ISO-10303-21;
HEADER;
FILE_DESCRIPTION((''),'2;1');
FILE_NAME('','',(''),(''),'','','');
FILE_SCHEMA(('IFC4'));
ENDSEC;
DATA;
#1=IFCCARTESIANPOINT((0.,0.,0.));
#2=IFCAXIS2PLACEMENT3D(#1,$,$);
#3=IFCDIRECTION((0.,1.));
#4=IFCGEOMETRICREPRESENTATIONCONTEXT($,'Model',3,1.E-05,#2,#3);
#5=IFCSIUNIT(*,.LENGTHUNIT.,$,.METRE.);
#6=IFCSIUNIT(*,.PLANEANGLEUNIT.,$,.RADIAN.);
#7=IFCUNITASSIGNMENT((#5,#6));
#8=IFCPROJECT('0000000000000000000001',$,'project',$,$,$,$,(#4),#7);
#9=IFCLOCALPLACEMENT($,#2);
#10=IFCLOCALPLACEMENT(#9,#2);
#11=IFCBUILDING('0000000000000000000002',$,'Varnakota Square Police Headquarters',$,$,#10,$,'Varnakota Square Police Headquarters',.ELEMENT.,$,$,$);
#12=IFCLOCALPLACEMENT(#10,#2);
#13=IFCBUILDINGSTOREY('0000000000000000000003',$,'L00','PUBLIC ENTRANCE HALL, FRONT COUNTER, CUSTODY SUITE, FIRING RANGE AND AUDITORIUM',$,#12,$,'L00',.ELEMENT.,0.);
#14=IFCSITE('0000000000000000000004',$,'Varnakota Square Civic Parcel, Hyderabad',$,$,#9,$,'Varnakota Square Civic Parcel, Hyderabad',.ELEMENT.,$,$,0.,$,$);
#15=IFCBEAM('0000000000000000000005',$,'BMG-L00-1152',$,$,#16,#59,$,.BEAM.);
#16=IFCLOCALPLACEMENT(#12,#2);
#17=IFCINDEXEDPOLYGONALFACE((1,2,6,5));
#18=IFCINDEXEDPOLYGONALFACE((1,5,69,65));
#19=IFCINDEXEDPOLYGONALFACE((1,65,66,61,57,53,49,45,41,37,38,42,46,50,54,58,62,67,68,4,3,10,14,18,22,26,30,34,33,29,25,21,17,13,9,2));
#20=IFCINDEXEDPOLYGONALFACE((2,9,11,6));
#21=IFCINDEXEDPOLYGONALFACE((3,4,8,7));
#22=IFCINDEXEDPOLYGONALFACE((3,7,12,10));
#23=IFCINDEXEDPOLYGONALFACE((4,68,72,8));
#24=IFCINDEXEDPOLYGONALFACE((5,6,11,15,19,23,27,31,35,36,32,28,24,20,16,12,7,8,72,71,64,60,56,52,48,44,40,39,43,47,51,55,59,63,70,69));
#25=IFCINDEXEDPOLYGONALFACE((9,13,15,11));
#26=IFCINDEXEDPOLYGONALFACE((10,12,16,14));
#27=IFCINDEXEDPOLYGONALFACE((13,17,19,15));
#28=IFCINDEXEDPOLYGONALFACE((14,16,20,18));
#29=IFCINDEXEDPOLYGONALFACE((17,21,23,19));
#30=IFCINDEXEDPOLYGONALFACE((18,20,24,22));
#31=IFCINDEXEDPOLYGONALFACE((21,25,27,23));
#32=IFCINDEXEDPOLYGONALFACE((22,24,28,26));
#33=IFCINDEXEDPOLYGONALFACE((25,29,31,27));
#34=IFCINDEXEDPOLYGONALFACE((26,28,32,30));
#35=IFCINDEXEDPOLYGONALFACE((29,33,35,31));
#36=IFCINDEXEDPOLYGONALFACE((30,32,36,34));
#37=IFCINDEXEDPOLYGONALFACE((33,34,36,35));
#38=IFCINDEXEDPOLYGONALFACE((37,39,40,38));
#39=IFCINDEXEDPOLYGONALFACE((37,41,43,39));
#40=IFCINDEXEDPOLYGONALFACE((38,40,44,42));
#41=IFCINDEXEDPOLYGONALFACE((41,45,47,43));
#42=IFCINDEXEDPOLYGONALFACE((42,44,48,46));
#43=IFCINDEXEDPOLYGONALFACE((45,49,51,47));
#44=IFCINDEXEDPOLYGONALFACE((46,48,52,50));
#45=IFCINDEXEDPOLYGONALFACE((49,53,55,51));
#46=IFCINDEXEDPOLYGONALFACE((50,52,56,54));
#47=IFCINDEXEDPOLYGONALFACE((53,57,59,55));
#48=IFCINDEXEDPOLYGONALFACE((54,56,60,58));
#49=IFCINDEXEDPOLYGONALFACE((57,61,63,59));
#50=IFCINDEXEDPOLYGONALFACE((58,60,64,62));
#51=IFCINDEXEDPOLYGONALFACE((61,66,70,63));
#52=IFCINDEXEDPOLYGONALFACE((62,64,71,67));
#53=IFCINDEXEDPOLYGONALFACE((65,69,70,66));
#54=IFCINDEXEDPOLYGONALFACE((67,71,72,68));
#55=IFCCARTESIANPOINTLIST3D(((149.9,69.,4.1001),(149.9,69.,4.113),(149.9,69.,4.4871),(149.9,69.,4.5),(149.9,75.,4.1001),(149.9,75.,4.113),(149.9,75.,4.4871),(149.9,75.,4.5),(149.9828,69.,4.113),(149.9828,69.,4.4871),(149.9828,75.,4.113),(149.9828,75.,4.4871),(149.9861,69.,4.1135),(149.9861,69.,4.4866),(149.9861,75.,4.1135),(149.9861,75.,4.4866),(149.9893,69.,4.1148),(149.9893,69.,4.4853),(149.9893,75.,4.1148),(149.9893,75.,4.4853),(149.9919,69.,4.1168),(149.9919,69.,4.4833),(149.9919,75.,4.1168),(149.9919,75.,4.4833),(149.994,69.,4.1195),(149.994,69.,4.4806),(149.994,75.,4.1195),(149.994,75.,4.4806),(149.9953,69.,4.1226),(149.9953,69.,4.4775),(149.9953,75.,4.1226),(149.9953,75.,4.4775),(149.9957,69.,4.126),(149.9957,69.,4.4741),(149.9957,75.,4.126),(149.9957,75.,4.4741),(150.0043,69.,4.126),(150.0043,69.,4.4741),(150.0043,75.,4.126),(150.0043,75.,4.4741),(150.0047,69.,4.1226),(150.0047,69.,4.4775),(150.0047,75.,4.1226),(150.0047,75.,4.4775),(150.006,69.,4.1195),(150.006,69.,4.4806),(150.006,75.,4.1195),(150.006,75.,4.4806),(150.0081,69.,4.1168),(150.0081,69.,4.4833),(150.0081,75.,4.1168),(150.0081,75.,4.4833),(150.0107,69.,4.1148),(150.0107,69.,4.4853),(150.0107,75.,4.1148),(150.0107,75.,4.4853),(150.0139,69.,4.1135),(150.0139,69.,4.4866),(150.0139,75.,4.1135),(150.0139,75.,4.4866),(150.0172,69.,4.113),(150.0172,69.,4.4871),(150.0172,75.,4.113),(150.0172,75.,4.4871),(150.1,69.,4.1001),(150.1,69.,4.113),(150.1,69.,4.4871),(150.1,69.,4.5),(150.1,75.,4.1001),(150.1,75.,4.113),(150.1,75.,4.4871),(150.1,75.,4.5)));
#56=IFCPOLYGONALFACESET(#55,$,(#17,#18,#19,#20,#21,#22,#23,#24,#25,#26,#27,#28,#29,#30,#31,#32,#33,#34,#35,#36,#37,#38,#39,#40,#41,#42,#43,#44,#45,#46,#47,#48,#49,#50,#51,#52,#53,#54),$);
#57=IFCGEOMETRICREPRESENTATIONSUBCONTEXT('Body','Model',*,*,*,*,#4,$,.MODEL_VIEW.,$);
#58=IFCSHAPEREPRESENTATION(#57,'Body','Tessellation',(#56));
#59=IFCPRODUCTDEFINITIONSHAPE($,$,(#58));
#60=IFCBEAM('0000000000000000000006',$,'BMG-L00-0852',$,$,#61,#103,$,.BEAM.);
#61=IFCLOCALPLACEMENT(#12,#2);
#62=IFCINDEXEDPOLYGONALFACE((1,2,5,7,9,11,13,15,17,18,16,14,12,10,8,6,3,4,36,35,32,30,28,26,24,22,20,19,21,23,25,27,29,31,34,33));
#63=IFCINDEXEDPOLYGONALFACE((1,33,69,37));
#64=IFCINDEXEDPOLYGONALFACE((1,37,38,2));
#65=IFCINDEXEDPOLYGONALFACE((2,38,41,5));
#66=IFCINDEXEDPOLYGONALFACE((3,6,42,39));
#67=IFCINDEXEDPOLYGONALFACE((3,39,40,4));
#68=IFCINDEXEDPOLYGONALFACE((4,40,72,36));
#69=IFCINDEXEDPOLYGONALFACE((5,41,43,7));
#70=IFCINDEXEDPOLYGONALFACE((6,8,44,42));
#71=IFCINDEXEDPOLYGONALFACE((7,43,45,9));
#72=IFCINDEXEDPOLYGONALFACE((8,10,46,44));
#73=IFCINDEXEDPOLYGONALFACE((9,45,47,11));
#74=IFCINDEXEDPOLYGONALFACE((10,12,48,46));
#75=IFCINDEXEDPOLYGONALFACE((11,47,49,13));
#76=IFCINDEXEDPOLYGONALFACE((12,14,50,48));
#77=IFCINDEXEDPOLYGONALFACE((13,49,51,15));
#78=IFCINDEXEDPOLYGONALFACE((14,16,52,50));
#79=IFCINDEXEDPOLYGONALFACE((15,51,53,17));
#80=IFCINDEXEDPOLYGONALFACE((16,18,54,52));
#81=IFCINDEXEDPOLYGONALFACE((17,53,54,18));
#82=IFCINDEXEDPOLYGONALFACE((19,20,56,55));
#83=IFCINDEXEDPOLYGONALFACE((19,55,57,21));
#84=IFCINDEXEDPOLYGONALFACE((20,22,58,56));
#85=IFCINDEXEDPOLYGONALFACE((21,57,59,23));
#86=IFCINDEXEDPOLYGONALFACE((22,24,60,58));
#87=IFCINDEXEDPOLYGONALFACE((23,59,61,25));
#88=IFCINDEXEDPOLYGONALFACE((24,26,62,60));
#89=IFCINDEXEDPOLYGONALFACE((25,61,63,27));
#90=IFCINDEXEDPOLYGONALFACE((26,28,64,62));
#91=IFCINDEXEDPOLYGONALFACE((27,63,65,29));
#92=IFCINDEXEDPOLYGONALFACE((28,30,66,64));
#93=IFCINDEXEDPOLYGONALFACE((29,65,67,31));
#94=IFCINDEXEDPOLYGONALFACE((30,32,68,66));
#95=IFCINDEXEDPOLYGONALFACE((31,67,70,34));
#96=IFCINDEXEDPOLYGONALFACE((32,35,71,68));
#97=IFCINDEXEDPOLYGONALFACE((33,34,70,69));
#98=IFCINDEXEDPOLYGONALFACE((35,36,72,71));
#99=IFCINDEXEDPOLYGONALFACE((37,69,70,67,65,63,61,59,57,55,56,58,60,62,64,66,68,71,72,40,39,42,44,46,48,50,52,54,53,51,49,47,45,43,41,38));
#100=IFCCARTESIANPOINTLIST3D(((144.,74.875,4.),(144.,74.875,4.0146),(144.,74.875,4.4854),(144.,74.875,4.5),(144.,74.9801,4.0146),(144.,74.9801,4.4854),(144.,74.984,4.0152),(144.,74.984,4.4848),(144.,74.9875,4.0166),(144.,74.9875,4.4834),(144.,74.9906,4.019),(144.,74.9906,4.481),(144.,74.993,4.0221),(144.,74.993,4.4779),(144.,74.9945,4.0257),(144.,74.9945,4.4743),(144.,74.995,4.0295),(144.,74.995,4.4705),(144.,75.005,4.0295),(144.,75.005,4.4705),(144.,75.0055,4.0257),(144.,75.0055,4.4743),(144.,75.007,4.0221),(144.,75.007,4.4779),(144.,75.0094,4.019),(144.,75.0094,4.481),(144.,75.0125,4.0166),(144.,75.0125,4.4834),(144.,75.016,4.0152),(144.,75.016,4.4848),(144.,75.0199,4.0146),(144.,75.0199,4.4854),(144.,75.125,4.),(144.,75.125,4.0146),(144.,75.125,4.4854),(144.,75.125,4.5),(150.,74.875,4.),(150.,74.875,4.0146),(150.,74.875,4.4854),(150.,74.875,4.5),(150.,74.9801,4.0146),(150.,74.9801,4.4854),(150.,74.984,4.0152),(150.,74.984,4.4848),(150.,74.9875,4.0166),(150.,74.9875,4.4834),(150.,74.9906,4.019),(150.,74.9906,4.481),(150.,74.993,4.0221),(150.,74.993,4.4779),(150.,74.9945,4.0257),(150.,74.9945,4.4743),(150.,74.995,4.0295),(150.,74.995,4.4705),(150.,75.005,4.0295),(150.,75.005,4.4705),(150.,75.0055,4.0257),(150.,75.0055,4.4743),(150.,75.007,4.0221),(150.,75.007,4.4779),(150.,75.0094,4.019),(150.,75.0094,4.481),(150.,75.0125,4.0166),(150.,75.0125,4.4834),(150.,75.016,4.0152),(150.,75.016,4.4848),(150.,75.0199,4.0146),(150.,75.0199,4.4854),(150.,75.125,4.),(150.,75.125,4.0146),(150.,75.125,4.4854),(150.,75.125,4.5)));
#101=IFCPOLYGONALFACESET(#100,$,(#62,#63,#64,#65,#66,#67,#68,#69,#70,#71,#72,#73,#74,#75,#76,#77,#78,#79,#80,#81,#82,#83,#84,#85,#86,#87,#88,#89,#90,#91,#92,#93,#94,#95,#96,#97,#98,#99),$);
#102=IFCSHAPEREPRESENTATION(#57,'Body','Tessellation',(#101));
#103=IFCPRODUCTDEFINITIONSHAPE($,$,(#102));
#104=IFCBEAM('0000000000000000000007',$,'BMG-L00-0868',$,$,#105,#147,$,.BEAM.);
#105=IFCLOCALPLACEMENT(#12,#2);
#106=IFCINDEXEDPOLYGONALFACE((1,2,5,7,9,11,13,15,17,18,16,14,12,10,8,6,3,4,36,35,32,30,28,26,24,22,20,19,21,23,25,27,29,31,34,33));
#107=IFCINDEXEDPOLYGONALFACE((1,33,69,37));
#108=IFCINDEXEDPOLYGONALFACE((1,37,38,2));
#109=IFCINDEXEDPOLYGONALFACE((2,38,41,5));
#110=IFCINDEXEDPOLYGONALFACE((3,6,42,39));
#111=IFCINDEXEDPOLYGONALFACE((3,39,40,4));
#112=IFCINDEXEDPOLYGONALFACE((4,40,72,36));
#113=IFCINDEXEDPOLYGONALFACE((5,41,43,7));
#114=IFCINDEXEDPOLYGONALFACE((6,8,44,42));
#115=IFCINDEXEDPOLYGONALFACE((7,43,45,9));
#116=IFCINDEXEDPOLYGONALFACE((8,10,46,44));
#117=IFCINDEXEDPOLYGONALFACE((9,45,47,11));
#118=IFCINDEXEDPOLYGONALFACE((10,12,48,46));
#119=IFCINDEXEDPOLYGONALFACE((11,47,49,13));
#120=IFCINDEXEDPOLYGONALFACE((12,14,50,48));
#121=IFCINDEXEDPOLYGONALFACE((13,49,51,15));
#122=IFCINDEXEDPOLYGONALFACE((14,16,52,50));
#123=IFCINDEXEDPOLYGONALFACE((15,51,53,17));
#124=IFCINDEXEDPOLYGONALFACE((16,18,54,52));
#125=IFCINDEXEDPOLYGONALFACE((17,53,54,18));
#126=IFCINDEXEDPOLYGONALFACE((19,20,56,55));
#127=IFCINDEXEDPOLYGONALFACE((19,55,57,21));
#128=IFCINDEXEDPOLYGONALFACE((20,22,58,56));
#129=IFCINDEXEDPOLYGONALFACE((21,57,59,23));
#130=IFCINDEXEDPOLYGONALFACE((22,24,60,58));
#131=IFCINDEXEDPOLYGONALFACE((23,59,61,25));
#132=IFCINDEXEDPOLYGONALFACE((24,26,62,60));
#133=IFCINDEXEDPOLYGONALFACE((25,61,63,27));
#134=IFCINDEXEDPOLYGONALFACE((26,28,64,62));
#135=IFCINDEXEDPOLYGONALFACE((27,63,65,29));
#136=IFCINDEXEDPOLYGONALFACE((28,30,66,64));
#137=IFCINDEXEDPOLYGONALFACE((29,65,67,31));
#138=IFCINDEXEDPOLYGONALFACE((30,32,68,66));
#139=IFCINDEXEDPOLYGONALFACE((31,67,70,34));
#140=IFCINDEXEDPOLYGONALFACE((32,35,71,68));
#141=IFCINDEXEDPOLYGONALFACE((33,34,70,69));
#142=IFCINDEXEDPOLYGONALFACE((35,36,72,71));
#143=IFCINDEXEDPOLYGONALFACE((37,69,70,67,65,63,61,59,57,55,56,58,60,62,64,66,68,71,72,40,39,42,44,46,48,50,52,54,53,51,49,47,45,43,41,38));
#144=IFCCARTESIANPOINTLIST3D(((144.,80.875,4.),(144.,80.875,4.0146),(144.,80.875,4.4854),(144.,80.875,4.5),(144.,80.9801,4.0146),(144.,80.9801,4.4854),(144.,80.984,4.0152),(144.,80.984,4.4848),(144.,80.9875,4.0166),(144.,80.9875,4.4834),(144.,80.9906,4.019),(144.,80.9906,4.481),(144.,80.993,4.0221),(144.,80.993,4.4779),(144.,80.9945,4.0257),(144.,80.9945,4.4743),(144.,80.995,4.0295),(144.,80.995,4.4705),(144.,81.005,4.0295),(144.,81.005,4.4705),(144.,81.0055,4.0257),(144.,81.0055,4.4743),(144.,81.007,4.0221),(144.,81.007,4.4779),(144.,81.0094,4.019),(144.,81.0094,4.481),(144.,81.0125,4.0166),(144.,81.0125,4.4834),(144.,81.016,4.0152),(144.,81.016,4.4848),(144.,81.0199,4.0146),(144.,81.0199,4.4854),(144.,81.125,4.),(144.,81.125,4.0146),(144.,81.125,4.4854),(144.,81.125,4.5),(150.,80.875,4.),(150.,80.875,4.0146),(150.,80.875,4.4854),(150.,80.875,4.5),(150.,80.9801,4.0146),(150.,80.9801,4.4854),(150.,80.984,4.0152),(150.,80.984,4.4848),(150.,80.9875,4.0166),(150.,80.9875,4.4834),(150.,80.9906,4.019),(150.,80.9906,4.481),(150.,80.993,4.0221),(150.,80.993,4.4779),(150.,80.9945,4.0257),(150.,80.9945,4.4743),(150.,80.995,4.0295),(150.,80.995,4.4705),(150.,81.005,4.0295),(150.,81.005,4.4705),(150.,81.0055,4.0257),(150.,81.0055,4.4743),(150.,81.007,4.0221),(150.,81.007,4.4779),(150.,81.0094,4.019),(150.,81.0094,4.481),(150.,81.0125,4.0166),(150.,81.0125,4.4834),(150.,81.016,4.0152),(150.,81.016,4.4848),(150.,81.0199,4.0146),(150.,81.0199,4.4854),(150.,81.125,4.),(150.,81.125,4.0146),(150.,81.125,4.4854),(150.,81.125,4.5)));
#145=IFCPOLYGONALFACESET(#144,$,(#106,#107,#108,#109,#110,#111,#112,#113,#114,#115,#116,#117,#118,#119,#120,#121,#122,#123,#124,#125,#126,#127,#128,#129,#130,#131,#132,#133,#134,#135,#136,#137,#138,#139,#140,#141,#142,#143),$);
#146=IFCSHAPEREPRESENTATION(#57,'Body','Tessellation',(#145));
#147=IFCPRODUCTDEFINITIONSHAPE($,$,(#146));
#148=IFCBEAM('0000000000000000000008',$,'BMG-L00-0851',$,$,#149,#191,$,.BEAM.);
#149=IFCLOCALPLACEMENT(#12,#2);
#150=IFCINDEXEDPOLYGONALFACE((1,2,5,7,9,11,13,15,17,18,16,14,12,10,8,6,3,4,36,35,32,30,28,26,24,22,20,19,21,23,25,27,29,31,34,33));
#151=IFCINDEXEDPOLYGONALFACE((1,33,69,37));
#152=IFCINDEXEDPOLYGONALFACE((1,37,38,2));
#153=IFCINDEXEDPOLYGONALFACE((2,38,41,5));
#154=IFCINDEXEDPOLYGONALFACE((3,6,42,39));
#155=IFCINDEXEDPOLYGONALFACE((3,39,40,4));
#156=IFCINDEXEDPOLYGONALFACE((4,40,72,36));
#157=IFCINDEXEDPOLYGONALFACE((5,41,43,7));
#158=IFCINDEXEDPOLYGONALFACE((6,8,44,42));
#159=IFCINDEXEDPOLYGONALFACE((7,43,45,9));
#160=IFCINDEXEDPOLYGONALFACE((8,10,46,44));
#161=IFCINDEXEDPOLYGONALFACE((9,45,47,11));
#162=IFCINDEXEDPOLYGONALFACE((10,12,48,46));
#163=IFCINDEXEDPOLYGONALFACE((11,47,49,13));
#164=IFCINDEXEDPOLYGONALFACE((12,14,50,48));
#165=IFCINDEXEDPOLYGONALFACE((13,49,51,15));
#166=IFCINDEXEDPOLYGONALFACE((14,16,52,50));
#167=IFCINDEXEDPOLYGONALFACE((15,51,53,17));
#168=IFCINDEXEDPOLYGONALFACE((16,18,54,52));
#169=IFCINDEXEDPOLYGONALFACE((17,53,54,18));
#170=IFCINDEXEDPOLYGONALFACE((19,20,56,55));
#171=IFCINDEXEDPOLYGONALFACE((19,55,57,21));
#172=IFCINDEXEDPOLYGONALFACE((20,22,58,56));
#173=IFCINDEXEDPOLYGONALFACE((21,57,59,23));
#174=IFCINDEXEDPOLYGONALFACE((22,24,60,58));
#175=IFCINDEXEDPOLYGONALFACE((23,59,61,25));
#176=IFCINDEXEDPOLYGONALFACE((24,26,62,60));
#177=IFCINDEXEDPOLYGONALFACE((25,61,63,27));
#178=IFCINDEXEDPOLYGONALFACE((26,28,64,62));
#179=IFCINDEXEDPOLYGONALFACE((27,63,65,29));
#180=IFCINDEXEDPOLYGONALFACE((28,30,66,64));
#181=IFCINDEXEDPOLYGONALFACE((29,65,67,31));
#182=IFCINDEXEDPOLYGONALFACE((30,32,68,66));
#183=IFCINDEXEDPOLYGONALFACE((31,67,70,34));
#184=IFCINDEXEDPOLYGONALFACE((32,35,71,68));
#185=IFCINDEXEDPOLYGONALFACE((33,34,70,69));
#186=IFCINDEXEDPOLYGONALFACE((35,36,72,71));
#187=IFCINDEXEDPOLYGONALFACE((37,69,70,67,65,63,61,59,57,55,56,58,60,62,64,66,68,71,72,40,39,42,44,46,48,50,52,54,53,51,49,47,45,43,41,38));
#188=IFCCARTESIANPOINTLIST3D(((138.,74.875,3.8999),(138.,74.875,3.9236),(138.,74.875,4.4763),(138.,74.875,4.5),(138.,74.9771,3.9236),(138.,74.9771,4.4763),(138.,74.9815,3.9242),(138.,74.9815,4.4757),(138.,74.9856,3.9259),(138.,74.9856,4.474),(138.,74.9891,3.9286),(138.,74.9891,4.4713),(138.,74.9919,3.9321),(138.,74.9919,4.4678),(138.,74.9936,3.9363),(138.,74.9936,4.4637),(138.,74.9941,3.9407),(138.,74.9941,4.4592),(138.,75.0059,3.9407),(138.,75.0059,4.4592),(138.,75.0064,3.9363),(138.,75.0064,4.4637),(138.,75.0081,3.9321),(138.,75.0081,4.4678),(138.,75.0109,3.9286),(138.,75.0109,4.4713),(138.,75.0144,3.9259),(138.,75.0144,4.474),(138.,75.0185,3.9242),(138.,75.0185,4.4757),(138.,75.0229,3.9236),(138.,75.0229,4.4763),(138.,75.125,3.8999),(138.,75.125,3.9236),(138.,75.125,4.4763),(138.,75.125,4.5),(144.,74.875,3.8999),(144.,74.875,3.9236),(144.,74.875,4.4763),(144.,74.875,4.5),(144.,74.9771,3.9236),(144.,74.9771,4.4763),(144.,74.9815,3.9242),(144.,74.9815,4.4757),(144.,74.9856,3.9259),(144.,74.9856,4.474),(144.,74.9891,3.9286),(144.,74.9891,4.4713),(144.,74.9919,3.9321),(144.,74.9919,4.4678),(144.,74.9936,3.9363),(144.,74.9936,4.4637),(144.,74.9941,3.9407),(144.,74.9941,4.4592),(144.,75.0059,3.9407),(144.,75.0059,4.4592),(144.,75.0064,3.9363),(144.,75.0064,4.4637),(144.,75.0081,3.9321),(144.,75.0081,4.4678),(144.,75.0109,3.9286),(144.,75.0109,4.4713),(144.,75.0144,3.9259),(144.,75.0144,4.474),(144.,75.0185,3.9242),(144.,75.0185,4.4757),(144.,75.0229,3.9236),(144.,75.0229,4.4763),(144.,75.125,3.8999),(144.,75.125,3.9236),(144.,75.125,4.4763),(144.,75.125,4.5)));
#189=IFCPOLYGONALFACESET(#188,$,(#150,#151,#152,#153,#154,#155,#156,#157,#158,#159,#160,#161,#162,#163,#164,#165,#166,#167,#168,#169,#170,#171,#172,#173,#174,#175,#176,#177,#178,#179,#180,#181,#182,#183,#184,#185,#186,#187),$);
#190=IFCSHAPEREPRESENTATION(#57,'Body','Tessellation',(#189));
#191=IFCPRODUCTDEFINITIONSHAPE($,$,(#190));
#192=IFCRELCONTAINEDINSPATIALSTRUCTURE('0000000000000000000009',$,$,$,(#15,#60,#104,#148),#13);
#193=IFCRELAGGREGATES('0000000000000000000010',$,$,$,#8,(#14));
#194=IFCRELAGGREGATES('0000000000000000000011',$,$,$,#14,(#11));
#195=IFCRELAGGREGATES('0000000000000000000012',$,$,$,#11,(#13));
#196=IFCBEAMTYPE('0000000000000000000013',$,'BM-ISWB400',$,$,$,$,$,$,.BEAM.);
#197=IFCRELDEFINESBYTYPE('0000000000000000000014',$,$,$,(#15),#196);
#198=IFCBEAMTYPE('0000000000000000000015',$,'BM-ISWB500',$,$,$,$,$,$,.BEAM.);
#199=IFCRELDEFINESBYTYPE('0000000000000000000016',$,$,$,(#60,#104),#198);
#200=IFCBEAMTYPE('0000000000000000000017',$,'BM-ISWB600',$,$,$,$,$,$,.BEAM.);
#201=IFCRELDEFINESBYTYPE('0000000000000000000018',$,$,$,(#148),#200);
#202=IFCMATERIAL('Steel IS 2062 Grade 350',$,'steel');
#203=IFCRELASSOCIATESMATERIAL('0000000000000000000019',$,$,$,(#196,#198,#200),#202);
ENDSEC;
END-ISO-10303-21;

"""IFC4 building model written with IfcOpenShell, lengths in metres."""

from ifc_helpers import new_model, si_unit, direction, frame, origin, origin_2d, place, context, subcontext, project, spatial, i_section, extrude, material, material_profile, profile_set, type_object, element, save


model = new_model("IFC4")

# Units and contexts
model_context = context("Model", 3, precision=1e-05, world=origin(), true_north=direction((0.0, 1.0)))
body_context = subcontext(model_context, "Body", "Model", "MODEL_VIEW")
ifc_project = project(units=[si_unit("LENGTHUNIT", "METRE"), si_unit("PLANEANGLEUNIT", "RADIAN")], contexts=[model_context])

# Site, building, storey
site_placement = place(None, origin())
site = spatial("IfcSite", under=ifc_project, at=site_placement, Name="Varnakota Square Civic Parcel, Hyderabad", LongName="Varnakota Square Civic Parcel, Hyderabad", CompositionType="ELEMENT", RefElevation=0.0)
building_placement = place(site_placement, origin())
building = spatial("IfcBuilding", under=site, at=building_placement, Name="Varnakota Square Police Headquarters", LongName="Varnakota Square Police Headquarters", CompositionType="ELEMENT")
storey_placement = place(building_placement, origin())
storey = spatial("IfcBuildingStorey", under=building, at=storey_placement, Name="L00", Description="PUBLIC ENTRANCE HALL, FRONT COUNTER, CUSTODY SUITE, FIRING RANGE AND AUDITORIUM", LongName="L00", CompositionType="ELEMENT", Elevation=0.0)

# Beams
ifc_material_1 = material(Name="Steel IS 2062 Grade 350", Category="steel")
ifc_material_profile_1 = material_profile(ifc_material_1, i_section(OverallWidth=0.2, OverallDepth=0.3999, WebThickness=0.0085, FlangeThickness=0.0129, FilletRadius=0.0129, at=origin_2d()), Name="ISWB 400")
ifc_profile_set_1 = profile_set([ifc_material_profile_1], Name="Steel IS 2062 Grade 350")
beam_type_1 = type_object("IfcBeamType", Name="BM-ISWB400", PredefinedType="BEAM", material=ifc_profile_set_1)
beam_1_placement = place(storey_placement, frame((150.0, 69.0, 4.3), z_axis=(0.0, 1.0, 0.0), x_axis=(-1.0, 0.0, 0.0)))
element("IfcBeam", 1, at=beam_1_placement, inside=storey, type_object=beam_type_1, Name="BMG-L00-1152", PredefinedType="BEAM", context=body_context, shape_type="SweptSolid", body=[
    extrude(i_section(OverallWidth=0.2, OverallDepth=0.3999, WebThickness=0.0085, FlangeThickness=0.0129, FilletRadius=0.0129, at=origin_2d()), origin(), (0.0, 0.0, 1.0), 6.0),
])
ifc_material_profile_2 = material_profile(ifc_material_1, i_section(OverallWidth=0.25, OverallDepth=0.5, WebThickness=0.01, FlangeThickness=0.0146, FilletRadius=0.0149, at=origin_2d()), Name="ISWB 500")
ifc_profile_set_2 = profile_set([ifc_material_profile_2], Name="Steel IS 2062 Grade 350")
beam_type_2 = type_object("IfcBeamType", Name="BM-ISWB500", PredefinedType="BEAM", material=ifc_profile_set_2)
for number, where, z_axis, x_axis, name in (
    (2, (144.0, 75.0, 4.25), (1.0, 0.0, 0.0), (0.0, 1.0, 0.0), "BMG-L00-0852"),
    (3, (144.0, 81.0, 4.25), (1.0, 0.0, 0.0), (0.0, 1.0, 0.0), "BMG-L00-0868"),
):
    element("IfcBeam", number, at=place(storey_placement, frame(where, z_axis=z_axis, x_axis=x_axis)), inside=storey, type_object=beam_type_2, Name=name, PredefinedType="BEAM", context=body_context, shape_type="SweptSolid", body=[
        extrude(i_section(OverallWidth=0.25, OverallDepth=0.5, WebThickness=0.01, FlangeThickness=0.0146, FilletRadius=0.0149, at=origin_2d()), origin(), (0.0, 0.0, 1.0), 6.0),
    ])
ifc_material_profile_3 = material_profile(ifc_material_1, i_section(OverallWidth=0.25, OverallDepth=0.6001, WebThickness=0.0117, FlangeThickness=0.0237, FilletRadius=0.0171, at=origin_2d()), Name="ISWB 600")
ifc_profile_set_3 = profile_set([ifc_material_profile_3], Name="Steel IS 2062 Grade 350")
beam_type_3 = type_object("IfcBeamType", Name="BM-ISWB600", PredefinedType="BEAM", material=ifc_profile_set_3)
for number, where, z_axis, x_axis, name in (
    (4, (138.0, 75.0, 4.2), (1.0, 0.0, 0.0), (0.0, 1.0, 0.0), "BMG-L00-0851"),
):
    element("IfcBeam", number, at=place(storey_placement, frame(where, z_axis=z_axis, x_axis=x_axis)), inside=storey, type_object=beam_type_3, Name=name, PredefinedType="BEAM", context=body_context, shape_type="SweptSolid", body=[
        extrude(i_section(OverallWidth=0.25, OverallDepth=0.6001, WebThickness=0.0117, FlangeThickness=0.0237, FilletRadius=0.0171, at=origin_2d()), origin(), (0.0, 0.0, 1.0), 6.0),
    ])

save(model, "model.ifc")
